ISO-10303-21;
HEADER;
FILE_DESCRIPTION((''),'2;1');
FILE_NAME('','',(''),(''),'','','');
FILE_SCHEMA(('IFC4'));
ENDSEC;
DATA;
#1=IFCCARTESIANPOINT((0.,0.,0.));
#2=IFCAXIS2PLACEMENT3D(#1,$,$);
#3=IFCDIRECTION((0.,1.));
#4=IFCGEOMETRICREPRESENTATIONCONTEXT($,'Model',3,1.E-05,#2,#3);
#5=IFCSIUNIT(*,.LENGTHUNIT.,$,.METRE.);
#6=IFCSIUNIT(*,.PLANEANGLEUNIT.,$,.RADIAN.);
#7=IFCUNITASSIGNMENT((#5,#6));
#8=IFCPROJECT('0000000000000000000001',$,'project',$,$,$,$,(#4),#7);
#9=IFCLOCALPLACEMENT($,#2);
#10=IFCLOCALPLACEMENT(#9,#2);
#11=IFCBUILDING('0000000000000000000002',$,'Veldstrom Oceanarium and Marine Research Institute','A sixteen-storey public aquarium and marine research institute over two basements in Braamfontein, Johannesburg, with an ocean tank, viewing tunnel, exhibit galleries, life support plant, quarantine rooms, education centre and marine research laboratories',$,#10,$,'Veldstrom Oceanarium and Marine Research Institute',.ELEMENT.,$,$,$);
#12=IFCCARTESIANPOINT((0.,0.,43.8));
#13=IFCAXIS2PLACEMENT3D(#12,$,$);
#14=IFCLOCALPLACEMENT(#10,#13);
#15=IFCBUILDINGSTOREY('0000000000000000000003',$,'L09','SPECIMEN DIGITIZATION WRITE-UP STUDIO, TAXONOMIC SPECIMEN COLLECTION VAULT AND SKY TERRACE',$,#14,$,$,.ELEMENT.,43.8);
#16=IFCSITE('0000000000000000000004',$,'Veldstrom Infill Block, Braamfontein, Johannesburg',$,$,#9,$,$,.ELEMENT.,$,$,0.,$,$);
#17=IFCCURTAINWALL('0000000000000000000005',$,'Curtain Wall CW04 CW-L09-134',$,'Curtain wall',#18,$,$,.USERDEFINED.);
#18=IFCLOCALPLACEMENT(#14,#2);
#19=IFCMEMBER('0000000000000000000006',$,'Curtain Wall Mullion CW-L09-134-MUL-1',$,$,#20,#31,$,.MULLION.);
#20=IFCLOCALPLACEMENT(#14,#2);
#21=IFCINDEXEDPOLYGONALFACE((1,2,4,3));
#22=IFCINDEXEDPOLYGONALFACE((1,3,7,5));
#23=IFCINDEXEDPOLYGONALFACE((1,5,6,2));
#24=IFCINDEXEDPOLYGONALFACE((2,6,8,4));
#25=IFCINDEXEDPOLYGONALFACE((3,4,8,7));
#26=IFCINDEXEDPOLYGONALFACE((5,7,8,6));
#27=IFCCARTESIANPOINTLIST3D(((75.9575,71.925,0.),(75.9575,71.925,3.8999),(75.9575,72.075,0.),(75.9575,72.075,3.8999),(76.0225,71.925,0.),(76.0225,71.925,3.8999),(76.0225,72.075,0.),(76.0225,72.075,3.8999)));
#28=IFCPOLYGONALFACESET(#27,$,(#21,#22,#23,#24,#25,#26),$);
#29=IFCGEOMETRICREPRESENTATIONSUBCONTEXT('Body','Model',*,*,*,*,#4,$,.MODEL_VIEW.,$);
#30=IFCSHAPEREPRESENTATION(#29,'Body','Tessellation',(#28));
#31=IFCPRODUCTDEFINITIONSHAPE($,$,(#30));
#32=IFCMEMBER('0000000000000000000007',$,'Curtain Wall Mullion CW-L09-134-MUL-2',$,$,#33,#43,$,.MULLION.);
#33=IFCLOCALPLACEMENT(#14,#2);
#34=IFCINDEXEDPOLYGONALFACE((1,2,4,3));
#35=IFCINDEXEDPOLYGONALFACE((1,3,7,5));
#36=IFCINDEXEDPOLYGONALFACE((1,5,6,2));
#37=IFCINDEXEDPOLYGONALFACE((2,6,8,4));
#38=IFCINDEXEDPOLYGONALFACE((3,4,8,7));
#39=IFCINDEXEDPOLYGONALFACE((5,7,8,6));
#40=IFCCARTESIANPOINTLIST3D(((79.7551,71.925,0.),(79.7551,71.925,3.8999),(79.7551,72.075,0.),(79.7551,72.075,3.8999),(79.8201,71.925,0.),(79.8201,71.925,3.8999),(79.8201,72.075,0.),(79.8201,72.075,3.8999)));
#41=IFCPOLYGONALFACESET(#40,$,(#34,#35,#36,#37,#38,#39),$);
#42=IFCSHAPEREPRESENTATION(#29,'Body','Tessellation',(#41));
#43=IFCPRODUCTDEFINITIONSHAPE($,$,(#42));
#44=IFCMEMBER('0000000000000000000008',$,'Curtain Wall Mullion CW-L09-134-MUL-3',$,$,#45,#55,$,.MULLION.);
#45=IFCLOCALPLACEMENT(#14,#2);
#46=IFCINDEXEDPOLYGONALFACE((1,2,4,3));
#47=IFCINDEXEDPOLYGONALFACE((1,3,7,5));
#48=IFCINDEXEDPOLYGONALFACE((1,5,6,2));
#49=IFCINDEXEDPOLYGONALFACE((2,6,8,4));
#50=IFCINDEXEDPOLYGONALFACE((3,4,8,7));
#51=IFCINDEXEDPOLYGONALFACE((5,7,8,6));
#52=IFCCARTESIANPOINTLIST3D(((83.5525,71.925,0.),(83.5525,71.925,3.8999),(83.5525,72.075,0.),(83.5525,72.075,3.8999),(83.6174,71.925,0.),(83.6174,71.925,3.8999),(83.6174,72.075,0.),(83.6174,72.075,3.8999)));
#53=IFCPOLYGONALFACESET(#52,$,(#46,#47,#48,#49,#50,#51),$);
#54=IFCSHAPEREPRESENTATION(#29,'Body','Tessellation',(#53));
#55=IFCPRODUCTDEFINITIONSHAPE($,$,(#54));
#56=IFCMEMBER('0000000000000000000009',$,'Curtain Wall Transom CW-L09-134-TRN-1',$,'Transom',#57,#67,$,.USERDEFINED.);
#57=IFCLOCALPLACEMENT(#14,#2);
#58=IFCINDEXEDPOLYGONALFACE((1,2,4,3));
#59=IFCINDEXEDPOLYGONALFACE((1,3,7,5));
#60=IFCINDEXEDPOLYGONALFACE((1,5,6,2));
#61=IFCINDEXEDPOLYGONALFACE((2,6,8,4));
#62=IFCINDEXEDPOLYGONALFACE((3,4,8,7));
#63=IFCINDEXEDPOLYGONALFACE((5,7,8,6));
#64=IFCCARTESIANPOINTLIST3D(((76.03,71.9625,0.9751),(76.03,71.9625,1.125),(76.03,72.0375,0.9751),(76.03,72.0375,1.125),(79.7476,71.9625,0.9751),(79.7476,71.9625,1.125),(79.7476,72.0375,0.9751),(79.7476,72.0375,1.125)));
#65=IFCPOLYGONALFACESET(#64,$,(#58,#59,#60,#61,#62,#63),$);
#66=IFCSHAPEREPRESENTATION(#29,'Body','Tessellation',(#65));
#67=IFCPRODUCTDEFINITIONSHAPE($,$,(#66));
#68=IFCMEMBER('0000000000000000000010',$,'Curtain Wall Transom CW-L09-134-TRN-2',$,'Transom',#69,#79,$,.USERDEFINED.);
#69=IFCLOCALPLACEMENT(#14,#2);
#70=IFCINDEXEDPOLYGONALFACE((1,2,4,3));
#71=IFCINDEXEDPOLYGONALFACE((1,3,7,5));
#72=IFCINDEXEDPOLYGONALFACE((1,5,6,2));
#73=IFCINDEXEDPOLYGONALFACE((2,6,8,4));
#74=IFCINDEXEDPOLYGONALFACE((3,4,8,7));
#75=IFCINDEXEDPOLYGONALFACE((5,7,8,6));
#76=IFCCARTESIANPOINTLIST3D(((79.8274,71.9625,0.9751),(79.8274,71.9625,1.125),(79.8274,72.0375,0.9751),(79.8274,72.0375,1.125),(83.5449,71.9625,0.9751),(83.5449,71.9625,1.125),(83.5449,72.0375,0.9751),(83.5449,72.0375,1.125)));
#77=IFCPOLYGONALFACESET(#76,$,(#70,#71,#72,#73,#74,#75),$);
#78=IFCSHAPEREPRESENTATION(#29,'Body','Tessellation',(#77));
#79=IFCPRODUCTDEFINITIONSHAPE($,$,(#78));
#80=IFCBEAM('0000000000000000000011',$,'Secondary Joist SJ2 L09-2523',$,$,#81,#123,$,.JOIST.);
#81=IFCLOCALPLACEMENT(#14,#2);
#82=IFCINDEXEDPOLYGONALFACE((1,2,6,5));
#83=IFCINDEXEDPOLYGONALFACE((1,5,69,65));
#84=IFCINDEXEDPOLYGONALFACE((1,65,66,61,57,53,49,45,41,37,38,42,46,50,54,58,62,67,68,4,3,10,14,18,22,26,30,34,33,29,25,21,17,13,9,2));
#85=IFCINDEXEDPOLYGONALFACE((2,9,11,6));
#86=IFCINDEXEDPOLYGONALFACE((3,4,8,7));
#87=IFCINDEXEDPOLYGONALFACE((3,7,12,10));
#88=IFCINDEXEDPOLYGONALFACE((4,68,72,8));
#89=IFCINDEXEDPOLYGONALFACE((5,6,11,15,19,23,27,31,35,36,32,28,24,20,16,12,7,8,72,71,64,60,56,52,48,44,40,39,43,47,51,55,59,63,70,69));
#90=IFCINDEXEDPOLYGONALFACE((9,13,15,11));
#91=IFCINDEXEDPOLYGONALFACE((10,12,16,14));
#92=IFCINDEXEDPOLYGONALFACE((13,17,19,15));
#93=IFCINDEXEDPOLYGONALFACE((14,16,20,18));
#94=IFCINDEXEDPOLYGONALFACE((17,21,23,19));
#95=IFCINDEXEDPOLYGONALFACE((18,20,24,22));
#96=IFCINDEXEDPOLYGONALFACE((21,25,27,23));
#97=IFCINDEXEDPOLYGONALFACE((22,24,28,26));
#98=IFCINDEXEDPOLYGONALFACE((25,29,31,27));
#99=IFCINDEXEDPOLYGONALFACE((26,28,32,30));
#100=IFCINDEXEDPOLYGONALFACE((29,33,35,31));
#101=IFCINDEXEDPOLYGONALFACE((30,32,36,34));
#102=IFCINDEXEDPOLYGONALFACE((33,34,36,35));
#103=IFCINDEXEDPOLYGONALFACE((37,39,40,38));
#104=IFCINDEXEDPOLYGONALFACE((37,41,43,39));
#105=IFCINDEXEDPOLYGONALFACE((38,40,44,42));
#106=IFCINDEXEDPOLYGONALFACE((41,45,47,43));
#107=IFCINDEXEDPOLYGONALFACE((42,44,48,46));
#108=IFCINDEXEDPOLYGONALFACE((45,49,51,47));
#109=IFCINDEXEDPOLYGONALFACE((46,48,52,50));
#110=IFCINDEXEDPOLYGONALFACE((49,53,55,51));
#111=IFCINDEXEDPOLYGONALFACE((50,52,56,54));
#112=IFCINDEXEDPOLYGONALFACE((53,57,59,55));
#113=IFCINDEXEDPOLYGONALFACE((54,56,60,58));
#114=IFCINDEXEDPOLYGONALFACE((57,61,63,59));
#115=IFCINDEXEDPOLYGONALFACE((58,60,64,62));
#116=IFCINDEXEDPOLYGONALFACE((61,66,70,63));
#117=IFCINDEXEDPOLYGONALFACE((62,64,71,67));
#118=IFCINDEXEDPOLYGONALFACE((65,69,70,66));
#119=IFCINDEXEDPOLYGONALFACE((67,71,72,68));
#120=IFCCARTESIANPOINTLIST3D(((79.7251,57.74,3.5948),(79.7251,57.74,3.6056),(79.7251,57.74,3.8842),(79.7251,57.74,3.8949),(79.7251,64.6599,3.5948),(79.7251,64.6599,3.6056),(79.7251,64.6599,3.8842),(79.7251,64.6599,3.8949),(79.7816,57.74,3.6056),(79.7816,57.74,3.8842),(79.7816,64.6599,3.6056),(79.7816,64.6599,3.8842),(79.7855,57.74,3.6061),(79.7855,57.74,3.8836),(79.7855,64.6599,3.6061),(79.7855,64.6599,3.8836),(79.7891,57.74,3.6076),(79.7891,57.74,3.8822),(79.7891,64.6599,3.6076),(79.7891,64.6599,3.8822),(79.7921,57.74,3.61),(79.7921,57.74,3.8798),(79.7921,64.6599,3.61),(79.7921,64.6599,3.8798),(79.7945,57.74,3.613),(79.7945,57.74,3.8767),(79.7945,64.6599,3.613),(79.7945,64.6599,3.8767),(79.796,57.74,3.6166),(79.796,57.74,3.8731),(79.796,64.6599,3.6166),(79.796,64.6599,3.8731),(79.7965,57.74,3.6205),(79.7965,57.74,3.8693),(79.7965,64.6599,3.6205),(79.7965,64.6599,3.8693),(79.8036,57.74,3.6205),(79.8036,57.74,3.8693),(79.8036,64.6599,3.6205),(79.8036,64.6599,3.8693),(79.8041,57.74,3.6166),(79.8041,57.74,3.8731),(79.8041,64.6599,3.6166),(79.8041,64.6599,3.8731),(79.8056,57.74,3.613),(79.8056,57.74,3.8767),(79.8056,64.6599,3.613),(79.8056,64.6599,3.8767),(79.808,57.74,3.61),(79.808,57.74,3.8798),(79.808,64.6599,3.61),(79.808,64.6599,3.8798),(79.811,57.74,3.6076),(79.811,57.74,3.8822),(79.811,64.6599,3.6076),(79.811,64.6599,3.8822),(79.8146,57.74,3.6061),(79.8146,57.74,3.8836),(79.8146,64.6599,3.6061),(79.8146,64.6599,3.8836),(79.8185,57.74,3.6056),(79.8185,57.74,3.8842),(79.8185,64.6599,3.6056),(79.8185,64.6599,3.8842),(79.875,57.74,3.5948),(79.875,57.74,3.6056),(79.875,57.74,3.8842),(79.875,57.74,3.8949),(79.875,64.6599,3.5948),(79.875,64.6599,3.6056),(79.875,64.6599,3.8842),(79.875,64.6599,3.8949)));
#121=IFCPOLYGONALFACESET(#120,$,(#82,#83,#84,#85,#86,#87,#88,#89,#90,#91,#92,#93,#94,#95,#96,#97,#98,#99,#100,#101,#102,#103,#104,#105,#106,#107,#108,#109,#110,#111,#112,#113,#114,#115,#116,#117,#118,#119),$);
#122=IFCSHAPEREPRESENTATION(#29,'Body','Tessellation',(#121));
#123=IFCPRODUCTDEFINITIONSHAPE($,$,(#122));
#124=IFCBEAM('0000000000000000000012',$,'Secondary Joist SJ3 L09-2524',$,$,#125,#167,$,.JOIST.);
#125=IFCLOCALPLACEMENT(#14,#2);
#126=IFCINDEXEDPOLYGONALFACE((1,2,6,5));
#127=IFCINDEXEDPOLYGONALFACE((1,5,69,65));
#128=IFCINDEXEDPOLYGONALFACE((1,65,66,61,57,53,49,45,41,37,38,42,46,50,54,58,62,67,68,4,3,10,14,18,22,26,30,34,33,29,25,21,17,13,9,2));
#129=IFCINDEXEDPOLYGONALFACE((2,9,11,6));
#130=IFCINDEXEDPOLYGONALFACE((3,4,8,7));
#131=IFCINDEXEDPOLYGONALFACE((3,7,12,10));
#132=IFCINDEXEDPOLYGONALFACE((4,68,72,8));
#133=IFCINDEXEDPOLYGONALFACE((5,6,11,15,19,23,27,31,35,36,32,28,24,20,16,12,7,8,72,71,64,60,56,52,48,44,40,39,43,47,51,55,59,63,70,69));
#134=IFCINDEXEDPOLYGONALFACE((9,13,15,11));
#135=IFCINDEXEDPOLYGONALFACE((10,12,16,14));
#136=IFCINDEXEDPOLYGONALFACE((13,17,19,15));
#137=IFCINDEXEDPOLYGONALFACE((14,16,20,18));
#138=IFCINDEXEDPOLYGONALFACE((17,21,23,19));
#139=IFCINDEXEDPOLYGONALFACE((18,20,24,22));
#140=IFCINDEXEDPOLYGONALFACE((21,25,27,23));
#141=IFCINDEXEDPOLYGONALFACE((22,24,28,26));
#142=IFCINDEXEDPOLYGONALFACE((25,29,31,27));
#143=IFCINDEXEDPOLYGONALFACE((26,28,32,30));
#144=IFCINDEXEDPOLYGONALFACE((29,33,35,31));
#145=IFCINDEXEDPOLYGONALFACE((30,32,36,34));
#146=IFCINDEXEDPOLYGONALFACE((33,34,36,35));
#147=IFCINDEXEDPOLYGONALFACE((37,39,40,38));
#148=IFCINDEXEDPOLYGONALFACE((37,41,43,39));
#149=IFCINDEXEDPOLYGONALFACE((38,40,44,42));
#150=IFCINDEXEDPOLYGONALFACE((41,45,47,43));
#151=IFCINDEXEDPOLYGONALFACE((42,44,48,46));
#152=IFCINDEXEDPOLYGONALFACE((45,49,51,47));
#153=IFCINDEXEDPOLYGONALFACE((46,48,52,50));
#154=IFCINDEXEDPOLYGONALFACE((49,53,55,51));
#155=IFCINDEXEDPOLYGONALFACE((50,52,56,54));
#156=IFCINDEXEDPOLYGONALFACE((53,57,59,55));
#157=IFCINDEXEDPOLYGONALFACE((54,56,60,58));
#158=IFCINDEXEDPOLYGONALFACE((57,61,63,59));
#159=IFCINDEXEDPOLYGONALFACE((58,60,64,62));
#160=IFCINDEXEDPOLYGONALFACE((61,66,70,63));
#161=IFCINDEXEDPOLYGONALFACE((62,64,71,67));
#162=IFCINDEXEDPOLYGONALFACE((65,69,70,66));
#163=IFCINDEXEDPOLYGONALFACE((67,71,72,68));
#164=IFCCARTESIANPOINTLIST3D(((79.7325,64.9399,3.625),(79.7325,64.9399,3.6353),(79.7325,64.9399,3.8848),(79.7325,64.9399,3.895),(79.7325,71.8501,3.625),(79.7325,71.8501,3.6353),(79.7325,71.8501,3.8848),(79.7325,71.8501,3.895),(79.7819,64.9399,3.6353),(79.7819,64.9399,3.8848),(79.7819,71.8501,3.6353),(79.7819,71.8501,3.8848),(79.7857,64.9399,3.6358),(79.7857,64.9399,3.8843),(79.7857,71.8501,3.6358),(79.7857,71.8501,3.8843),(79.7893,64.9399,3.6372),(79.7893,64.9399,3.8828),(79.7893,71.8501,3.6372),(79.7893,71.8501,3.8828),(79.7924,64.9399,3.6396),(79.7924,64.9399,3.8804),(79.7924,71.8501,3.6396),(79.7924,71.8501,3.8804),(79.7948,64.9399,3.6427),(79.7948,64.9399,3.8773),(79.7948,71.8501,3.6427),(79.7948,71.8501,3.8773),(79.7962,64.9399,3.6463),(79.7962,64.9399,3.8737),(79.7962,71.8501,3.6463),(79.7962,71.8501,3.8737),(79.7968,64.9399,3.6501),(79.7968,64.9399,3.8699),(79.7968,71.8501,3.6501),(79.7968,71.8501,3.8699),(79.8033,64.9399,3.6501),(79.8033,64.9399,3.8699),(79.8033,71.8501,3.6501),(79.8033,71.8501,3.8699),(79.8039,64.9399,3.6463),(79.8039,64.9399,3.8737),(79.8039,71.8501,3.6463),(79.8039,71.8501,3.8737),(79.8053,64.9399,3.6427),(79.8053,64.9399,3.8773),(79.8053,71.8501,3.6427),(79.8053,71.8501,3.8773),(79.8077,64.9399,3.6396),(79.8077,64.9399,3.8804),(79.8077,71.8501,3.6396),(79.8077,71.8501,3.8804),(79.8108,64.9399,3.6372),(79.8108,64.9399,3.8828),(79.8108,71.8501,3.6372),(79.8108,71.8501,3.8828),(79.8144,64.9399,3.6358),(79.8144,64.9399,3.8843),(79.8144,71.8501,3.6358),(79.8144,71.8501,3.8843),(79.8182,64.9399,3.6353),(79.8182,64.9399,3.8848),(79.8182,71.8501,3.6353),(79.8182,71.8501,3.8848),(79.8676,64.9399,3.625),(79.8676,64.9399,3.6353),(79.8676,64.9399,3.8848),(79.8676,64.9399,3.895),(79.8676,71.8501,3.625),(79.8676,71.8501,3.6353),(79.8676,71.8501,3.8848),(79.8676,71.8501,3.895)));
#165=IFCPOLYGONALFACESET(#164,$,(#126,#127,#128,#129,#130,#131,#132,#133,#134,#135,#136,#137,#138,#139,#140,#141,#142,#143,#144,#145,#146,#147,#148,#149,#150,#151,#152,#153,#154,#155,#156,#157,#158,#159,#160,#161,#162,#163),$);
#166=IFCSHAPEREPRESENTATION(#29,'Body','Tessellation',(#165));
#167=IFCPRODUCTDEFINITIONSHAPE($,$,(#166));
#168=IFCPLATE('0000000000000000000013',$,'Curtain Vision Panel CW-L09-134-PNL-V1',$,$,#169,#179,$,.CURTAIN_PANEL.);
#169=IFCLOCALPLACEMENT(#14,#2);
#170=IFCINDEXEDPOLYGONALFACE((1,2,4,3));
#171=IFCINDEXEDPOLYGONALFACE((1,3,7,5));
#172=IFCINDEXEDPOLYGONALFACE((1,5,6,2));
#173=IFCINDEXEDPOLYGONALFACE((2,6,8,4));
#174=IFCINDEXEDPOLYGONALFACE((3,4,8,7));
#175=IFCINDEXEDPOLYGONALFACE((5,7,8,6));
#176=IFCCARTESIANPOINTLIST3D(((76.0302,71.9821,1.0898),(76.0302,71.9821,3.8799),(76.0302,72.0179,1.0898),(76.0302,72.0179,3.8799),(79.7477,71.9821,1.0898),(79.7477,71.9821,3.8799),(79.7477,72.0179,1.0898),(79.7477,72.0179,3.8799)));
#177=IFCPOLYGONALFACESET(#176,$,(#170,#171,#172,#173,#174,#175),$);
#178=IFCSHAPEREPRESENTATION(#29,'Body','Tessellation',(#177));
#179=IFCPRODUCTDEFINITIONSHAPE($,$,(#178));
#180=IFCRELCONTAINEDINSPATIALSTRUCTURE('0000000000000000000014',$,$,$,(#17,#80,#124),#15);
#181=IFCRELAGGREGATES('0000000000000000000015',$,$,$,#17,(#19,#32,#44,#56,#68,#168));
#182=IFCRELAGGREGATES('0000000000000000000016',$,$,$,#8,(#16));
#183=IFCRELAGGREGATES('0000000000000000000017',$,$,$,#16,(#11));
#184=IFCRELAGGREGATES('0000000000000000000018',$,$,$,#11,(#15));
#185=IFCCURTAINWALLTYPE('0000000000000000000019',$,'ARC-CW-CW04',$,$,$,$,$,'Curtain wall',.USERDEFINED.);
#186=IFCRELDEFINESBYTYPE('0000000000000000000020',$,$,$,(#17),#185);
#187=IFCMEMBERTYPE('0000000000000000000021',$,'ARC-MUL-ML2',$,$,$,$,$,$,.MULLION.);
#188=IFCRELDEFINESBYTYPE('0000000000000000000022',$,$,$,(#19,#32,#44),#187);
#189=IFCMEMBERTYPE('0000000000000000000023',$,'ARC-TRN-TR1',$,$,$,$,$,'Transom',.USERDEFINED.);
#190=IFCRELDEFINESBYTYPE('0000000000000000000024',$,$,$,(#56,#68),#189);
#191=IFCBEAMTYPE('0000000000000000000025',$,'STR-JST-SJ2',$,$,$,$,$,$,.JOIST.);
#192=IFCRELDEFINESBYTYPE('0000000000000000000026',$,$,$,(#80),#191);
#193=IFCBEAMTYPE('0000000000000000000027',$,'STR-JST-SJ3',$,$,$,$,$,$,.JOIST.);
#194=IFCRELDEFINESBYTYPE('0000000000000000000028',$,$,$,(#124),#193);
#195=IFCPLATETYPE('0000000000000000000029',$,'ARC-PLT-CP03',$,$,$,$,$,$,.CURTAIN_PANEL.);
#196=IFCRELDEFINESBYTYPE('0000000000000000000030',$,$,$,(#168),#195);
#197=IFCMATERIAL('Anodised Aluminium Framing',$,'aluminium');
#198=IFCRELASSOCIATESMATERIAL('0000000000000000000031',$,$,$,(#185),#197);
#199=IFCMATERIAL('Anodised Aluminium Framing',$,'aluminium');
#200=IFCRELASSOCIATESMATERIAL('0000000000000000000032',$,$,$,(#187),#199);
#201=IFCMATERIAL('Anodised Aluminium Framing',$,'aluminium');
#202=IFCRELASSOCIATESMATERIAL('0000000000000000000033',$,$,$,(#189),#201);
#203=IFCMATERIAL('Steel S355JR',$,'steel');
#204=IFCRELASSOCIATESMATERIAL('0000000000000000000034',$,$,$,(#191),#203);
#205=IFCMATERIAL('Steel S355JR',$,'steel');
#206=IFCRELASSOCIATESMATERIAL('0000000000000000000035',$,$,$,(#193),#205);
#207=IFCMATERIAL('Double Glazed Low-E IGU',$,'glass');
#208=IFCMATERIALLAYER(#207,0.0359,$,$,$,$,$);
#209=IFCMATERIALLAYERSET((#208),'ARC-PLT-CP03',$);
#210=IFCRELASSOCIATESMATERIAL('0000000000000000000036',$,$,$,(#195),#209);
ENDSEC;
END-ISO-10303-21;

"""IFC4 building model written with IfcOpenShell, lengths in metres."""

from ifc_helpers import new_model, si_unit, direction, frame, origin, origin_2d, place, context, subcontext, project, spatial, rectangle, i_section, extrude, material, layer, layer_set, material_profile, profile_set, type_object, element, aggregate, save


model = new_model("IFC4")

# Units and contexts
model_context = context("Model", 3, precision=1e-05, world=origin(), true_north=direction((0.0, 1.0)))
body_context = subcontext(model_context, "Body", "Model", "MODEL_VIEW")
ifc_project = project(units=[si_unit("LENGTHUNIT", "METRE"), si_unit("PLANEANGLEUNIT", "RADIAN")], contexts=[model_context])

# Site, building, storey
site_placement = place(None, origin())
site = spatial("IfcSite", under=ifc_project, at=site_placement, Name="Veldstrom Infill Block, Braamfontein, Johannesburg", CompositionType="ELEMENT", RefElevation=0.0)
building_placement = place(site_placement, origin())
building = spatial("IfcBuilding", under=site, at=building_placement, Name="Veldstrom Oceanarium and Marine Research Institute", Description="A sixteen-storey public aquarium and marine research institute over two basements in Braamfontein, Johannesburg, with an ocean tank, viewing tunnel, exhibit galleries, life support plant, quarantine rooms, education centre and marine research laboratories", LongName="Veldstrom Oceanarium and Marine Research Institute", CompositionType="ELEMENT")
storey_placement = place(building_placement, frame((0.0, 0.0, 43.8)))
storey = spatial("IfcBuildingStorey", under=building, at=storey_placement, Name="L09", Description="SPECIMEN DIGITIZATION WRITE-UP STUDIO, TAXONOMIC SPECIMEN COLLECTION VAULT AND SKY TERRACE", CompositionType="ELEMENT", Elevation=43.8)

# Curtain wall, members
ifc_material_1 = material(Name="Anodised Aluminium Framing", Category="aluminium")
curtain_wall_type = type_object("IfcCurtainWallType", Name="ARC-CW-CW04", ElementType="Curtain wall", PredefinedType="USERDEFINED", material=ifc_material_1)
curtain_wall_placement = place(storey_placement, origin())
curtain_wall = element("IfcCurtainWall", 1, at=curtain_wall_placement, inside=storey, type_object=curtain_wall_type, Name="Curtain Wall CW04 CW-L09-134", ObjectType="Curtain wall", PredefinedType="USERDEFINED")
ifc_material_2 = material(Name="Anodised Aluminium Framing", Category="aluminium")
ifc_material_profile_1 = material_profile(ifc_material_2, rectangle(XDim=0.0649, YDim=0.1499, at=origin_2d()), Name="ALU-MUL-65x150")
ifc_profile_set_1 = profile_set([ifc_material_profile_1], Name="Anodised Aluminium Framing")
member_type_1 = type_object("IfcMemberType", Name="ARC-MUL-ML2", PredefinedType="MULLION", material=ifc_profile_set_1)
member_1_placement = place(storey_placement, frame((75.99, 72.0, 0.0), z_axis=(0.0, 0.0, 1.0), x_axis=(1.0, 0.0, 0.0)))
member_1 = element("IfcMember", 2, at=member_1_placement, type_object=member_type_1, Name="Curtain Wall Mullion CW-L09-134-MUL-1", PredefinedType="MULLION", context=body_context, shape_type="SweptSolid", body=[
    extrude(rectangle(XDim=0.0649, YDim=0.1499, at=origin_2d()), origin(), (0.0, 0.0, 1.0), 3.8999),
])
member_2_placement = place(storey_placement, frame((79.7876, 72.0, 0.0), z_axis=(0.0, 0.0, 1.0), x_axis=(1.0, 0.0, 0.0)))
member_2 = element("IfcMember", 3, at=member_2_placement, type_object=member_type_1, Name="Curtain Wall Mullion CW-L09-134-MUL-2", PredefinedType="MULLION", context=body_context, shape_type="SweptSolid", body=[
    extrude(rectangle(XDim=0.0649, YDim=0.1499, at=origin_2d()), origin(), (0.0, 0.0, 1.0), 3.8999),
])
member_3_placement = place(storey_placement, frame((83.585, 72.0, 0.0), z_axis=(0.0, 0.0, 1.0), x_axis=(1.0, 0.0, 0.0)))
member_3 = element("IfcMember", 4, at=member_3_placement, type_object=member_type_1, Name="Curtain Wall Mullion CW-L09-134-MUL-3", PredefinedType="MULLION", context=body_context, shape_type="SweptSolid", body=[
    extrude(rectangle(XDim=0.0649, YDim=0.1499, at=origin_2d()), origin(), (0.0, 0.0, 1.0), 3.8999),
])
ifc_material_3 = material(Name="Anodised Aluminium Framing", Category="aluminium")
ifc_material_profile_2 = material_profile(ifc_material_3, rectangle(XDim=0.075, YDim=0.1499, at=origin_2d()), Name="ALU-TRN-75x150")
ifc_profile_set_2 = profile_set([ifc_material_profile_2], Name="Anodised Aluminium Framing")
member_type_2 = type_object("IfcMemberType", Name="ARC-TRN-TR1", ElementType="Transom", PredefinedType="USERDEFINED", material=ifc_profile_set_2)
member_4_placement = place(storey_placement, frame((76.03, 72.0, 1.05), z_axis=(1.0, 0.0, 0.0), x_axis=(0.0, 1.0, 0.0)))
member_4 = element("IfcMember", 5, at=member_4_placement, type_object=member_type_2, Name="Curtain Wall Transom CW-L09-134-TRN-1", ObjectType="Transom", PredefinedType="USERDEFINED", context=body_context, shape_type="SweptSolid", body=[
    extrude(rectangle(XDim=0.075, YDim=0.1499, at=origin_2d()), origin(), (0.0, 0.0, 1.0), 3.7175),
])
member_5_placement = place(storey_placement, frame((79.8274, 72.0, 1.05), z_axis=(1.0, 0.0, 0.0), x_axis=(0.0, 1.0, 0.0)))
member_5 = element("IfcMember", 6, at=member_5_placement, type_object=member_type_2, Name="Curtain Wall Transom CW-L09-134-TRN-2", ObjectType="Transom", PredefinedType="USERDEFINED", context=body_context, shape_type="SweptSolid", body=[
    extrude(rectangle(XDim=0.075, YDim=0.1499, at=origin_2d()), origin(), (0.0, 0.0, 1.0), 3.7175),
])

# Beams
ifc_material_4 = material(Name="Steel S355JR", Category="steel")
ifc_material_profile_3 = material_profile(ifc_material_4, i_section(OverallWidth=0.1499, OverallDepth=0.3, WebThickness=0.0071, FlangeThickness=0.0107, FilletRadius=0.0149, at=origin_2d()), Name="IPE 300")
ifc_profile_set_3 = profile_set([ifc_material_profile_3], Name="Steel S355JR")
beam_type_1 = type_object("IfcBeamType", Name="STR-JST-SJ2", PredefinedType="JOIST", material=ifc_profile_set_3)
beam_1_placement = place(storey_placement, frame((79.8, 57.74, 3.7449), z_axis=(0.0, 1.0, 0.0), x_axis=(-1.0, 0.0, 0.0)))
element("IfcBeam", 7, at=beam_1_placement, inside=storey, type_object=beam_type_1, Name="Secondary Joist SJ2 L09-2523", PredefinedType="JOIST", context=body_context, shape_type="SweptSolid", body=[
    extrude(i_section(OverallWidth=0.1499, OverallDepth=0.3, WebThickness=0.0071, FlangeThickness=0.0107, FilletRadius=0.0149, at=origin_2d()), origin(), (0.0, 0.0, 1.0), 6.9199),
])
ifc_material_5 = material(Name="Steel S355JR", Category="steel")
ifc_material_profile_4 = material_profile(ifc_material_5, i_section(OverallWidth=0.135, OverallDepth=0.27, WebThickness=0.0066, FlangeThickness=0.0103, FilletRadius=0.0149, at=origin_2d()), Name="IPE 270")
ifc_profile_set_4 = profile_set([ifc_material_profile_4], Name="Steel S355JR")
beam_type_2 = type_object("IfcBeamType", Name="STR-JST-SJ3", PredefinedType="JOIST", material=ifc_profile_set_4)
beam_2_placement = place(storey_placement, frame((79.8, 64.9399, 3.76), z_axis=(0.0, 1.0, 0.0), x_axis=(-1.0, 0.0, 0.0)))
element("IfcBeam", 8, at=beam_2_placement, inside=storey, type_object=beam_type_2, Name="Secondary Joist SJ3 L09-2524", PredefinedType="JOIST", context=body_context, shape_type="SweptSolid", body=[
    extrude(i_section(OverallWidth=0.135, OverallDepth=0.27, WebThickness=0.0066, FlangeThickness=0.0103, FilletRadius=0.0149, at=origin_2d()), origin(), (0.0, 0.0, 1.0), 6.9102),
])

# Plate
ifc_material_6 = material(Name="Double Glazed Low-E IGU", Category="glass")
ifc_layer_1 = layer(ifc_material_6, 0.0359)
ifc_layer_set_1 = layer_set([ifc_layer_1], Name="ARC-PLT-CP03")
plate_type_1 = type_object("IfcPlateType", Name="ARC-PLT-CP03", PredefinedType="CURTAIN_PANEL", material=ifc_layer_set_1)
plate_1_placement = place(storey_placement, frame((77.8889, 72.0, 1.0898), z_axis=(0.0, 0.0, 1.0), x_axis=(1.0, 0.0, 0.0)))
plate_1 = element("IfcPlate", 9, at=plate_1_placement, type_object=plate_type_1, Name="Curtain Vision Panel CW-L09-134-PNL-V1", PredefinedType="CURTAIN_PANEL", context=body_context, shape_type="SweptSolid", body=[
    extrude(rectangle(XDim=3.7175, YDim=0.0359, at=origin_2d()), origin(), (0.0, 0.0, 1.0), 2.79),
])
aggregate(curtain_wall, [member_1, member_2, member_3, member_4, member_5, plate_1])

save(model, "model.ifc")
